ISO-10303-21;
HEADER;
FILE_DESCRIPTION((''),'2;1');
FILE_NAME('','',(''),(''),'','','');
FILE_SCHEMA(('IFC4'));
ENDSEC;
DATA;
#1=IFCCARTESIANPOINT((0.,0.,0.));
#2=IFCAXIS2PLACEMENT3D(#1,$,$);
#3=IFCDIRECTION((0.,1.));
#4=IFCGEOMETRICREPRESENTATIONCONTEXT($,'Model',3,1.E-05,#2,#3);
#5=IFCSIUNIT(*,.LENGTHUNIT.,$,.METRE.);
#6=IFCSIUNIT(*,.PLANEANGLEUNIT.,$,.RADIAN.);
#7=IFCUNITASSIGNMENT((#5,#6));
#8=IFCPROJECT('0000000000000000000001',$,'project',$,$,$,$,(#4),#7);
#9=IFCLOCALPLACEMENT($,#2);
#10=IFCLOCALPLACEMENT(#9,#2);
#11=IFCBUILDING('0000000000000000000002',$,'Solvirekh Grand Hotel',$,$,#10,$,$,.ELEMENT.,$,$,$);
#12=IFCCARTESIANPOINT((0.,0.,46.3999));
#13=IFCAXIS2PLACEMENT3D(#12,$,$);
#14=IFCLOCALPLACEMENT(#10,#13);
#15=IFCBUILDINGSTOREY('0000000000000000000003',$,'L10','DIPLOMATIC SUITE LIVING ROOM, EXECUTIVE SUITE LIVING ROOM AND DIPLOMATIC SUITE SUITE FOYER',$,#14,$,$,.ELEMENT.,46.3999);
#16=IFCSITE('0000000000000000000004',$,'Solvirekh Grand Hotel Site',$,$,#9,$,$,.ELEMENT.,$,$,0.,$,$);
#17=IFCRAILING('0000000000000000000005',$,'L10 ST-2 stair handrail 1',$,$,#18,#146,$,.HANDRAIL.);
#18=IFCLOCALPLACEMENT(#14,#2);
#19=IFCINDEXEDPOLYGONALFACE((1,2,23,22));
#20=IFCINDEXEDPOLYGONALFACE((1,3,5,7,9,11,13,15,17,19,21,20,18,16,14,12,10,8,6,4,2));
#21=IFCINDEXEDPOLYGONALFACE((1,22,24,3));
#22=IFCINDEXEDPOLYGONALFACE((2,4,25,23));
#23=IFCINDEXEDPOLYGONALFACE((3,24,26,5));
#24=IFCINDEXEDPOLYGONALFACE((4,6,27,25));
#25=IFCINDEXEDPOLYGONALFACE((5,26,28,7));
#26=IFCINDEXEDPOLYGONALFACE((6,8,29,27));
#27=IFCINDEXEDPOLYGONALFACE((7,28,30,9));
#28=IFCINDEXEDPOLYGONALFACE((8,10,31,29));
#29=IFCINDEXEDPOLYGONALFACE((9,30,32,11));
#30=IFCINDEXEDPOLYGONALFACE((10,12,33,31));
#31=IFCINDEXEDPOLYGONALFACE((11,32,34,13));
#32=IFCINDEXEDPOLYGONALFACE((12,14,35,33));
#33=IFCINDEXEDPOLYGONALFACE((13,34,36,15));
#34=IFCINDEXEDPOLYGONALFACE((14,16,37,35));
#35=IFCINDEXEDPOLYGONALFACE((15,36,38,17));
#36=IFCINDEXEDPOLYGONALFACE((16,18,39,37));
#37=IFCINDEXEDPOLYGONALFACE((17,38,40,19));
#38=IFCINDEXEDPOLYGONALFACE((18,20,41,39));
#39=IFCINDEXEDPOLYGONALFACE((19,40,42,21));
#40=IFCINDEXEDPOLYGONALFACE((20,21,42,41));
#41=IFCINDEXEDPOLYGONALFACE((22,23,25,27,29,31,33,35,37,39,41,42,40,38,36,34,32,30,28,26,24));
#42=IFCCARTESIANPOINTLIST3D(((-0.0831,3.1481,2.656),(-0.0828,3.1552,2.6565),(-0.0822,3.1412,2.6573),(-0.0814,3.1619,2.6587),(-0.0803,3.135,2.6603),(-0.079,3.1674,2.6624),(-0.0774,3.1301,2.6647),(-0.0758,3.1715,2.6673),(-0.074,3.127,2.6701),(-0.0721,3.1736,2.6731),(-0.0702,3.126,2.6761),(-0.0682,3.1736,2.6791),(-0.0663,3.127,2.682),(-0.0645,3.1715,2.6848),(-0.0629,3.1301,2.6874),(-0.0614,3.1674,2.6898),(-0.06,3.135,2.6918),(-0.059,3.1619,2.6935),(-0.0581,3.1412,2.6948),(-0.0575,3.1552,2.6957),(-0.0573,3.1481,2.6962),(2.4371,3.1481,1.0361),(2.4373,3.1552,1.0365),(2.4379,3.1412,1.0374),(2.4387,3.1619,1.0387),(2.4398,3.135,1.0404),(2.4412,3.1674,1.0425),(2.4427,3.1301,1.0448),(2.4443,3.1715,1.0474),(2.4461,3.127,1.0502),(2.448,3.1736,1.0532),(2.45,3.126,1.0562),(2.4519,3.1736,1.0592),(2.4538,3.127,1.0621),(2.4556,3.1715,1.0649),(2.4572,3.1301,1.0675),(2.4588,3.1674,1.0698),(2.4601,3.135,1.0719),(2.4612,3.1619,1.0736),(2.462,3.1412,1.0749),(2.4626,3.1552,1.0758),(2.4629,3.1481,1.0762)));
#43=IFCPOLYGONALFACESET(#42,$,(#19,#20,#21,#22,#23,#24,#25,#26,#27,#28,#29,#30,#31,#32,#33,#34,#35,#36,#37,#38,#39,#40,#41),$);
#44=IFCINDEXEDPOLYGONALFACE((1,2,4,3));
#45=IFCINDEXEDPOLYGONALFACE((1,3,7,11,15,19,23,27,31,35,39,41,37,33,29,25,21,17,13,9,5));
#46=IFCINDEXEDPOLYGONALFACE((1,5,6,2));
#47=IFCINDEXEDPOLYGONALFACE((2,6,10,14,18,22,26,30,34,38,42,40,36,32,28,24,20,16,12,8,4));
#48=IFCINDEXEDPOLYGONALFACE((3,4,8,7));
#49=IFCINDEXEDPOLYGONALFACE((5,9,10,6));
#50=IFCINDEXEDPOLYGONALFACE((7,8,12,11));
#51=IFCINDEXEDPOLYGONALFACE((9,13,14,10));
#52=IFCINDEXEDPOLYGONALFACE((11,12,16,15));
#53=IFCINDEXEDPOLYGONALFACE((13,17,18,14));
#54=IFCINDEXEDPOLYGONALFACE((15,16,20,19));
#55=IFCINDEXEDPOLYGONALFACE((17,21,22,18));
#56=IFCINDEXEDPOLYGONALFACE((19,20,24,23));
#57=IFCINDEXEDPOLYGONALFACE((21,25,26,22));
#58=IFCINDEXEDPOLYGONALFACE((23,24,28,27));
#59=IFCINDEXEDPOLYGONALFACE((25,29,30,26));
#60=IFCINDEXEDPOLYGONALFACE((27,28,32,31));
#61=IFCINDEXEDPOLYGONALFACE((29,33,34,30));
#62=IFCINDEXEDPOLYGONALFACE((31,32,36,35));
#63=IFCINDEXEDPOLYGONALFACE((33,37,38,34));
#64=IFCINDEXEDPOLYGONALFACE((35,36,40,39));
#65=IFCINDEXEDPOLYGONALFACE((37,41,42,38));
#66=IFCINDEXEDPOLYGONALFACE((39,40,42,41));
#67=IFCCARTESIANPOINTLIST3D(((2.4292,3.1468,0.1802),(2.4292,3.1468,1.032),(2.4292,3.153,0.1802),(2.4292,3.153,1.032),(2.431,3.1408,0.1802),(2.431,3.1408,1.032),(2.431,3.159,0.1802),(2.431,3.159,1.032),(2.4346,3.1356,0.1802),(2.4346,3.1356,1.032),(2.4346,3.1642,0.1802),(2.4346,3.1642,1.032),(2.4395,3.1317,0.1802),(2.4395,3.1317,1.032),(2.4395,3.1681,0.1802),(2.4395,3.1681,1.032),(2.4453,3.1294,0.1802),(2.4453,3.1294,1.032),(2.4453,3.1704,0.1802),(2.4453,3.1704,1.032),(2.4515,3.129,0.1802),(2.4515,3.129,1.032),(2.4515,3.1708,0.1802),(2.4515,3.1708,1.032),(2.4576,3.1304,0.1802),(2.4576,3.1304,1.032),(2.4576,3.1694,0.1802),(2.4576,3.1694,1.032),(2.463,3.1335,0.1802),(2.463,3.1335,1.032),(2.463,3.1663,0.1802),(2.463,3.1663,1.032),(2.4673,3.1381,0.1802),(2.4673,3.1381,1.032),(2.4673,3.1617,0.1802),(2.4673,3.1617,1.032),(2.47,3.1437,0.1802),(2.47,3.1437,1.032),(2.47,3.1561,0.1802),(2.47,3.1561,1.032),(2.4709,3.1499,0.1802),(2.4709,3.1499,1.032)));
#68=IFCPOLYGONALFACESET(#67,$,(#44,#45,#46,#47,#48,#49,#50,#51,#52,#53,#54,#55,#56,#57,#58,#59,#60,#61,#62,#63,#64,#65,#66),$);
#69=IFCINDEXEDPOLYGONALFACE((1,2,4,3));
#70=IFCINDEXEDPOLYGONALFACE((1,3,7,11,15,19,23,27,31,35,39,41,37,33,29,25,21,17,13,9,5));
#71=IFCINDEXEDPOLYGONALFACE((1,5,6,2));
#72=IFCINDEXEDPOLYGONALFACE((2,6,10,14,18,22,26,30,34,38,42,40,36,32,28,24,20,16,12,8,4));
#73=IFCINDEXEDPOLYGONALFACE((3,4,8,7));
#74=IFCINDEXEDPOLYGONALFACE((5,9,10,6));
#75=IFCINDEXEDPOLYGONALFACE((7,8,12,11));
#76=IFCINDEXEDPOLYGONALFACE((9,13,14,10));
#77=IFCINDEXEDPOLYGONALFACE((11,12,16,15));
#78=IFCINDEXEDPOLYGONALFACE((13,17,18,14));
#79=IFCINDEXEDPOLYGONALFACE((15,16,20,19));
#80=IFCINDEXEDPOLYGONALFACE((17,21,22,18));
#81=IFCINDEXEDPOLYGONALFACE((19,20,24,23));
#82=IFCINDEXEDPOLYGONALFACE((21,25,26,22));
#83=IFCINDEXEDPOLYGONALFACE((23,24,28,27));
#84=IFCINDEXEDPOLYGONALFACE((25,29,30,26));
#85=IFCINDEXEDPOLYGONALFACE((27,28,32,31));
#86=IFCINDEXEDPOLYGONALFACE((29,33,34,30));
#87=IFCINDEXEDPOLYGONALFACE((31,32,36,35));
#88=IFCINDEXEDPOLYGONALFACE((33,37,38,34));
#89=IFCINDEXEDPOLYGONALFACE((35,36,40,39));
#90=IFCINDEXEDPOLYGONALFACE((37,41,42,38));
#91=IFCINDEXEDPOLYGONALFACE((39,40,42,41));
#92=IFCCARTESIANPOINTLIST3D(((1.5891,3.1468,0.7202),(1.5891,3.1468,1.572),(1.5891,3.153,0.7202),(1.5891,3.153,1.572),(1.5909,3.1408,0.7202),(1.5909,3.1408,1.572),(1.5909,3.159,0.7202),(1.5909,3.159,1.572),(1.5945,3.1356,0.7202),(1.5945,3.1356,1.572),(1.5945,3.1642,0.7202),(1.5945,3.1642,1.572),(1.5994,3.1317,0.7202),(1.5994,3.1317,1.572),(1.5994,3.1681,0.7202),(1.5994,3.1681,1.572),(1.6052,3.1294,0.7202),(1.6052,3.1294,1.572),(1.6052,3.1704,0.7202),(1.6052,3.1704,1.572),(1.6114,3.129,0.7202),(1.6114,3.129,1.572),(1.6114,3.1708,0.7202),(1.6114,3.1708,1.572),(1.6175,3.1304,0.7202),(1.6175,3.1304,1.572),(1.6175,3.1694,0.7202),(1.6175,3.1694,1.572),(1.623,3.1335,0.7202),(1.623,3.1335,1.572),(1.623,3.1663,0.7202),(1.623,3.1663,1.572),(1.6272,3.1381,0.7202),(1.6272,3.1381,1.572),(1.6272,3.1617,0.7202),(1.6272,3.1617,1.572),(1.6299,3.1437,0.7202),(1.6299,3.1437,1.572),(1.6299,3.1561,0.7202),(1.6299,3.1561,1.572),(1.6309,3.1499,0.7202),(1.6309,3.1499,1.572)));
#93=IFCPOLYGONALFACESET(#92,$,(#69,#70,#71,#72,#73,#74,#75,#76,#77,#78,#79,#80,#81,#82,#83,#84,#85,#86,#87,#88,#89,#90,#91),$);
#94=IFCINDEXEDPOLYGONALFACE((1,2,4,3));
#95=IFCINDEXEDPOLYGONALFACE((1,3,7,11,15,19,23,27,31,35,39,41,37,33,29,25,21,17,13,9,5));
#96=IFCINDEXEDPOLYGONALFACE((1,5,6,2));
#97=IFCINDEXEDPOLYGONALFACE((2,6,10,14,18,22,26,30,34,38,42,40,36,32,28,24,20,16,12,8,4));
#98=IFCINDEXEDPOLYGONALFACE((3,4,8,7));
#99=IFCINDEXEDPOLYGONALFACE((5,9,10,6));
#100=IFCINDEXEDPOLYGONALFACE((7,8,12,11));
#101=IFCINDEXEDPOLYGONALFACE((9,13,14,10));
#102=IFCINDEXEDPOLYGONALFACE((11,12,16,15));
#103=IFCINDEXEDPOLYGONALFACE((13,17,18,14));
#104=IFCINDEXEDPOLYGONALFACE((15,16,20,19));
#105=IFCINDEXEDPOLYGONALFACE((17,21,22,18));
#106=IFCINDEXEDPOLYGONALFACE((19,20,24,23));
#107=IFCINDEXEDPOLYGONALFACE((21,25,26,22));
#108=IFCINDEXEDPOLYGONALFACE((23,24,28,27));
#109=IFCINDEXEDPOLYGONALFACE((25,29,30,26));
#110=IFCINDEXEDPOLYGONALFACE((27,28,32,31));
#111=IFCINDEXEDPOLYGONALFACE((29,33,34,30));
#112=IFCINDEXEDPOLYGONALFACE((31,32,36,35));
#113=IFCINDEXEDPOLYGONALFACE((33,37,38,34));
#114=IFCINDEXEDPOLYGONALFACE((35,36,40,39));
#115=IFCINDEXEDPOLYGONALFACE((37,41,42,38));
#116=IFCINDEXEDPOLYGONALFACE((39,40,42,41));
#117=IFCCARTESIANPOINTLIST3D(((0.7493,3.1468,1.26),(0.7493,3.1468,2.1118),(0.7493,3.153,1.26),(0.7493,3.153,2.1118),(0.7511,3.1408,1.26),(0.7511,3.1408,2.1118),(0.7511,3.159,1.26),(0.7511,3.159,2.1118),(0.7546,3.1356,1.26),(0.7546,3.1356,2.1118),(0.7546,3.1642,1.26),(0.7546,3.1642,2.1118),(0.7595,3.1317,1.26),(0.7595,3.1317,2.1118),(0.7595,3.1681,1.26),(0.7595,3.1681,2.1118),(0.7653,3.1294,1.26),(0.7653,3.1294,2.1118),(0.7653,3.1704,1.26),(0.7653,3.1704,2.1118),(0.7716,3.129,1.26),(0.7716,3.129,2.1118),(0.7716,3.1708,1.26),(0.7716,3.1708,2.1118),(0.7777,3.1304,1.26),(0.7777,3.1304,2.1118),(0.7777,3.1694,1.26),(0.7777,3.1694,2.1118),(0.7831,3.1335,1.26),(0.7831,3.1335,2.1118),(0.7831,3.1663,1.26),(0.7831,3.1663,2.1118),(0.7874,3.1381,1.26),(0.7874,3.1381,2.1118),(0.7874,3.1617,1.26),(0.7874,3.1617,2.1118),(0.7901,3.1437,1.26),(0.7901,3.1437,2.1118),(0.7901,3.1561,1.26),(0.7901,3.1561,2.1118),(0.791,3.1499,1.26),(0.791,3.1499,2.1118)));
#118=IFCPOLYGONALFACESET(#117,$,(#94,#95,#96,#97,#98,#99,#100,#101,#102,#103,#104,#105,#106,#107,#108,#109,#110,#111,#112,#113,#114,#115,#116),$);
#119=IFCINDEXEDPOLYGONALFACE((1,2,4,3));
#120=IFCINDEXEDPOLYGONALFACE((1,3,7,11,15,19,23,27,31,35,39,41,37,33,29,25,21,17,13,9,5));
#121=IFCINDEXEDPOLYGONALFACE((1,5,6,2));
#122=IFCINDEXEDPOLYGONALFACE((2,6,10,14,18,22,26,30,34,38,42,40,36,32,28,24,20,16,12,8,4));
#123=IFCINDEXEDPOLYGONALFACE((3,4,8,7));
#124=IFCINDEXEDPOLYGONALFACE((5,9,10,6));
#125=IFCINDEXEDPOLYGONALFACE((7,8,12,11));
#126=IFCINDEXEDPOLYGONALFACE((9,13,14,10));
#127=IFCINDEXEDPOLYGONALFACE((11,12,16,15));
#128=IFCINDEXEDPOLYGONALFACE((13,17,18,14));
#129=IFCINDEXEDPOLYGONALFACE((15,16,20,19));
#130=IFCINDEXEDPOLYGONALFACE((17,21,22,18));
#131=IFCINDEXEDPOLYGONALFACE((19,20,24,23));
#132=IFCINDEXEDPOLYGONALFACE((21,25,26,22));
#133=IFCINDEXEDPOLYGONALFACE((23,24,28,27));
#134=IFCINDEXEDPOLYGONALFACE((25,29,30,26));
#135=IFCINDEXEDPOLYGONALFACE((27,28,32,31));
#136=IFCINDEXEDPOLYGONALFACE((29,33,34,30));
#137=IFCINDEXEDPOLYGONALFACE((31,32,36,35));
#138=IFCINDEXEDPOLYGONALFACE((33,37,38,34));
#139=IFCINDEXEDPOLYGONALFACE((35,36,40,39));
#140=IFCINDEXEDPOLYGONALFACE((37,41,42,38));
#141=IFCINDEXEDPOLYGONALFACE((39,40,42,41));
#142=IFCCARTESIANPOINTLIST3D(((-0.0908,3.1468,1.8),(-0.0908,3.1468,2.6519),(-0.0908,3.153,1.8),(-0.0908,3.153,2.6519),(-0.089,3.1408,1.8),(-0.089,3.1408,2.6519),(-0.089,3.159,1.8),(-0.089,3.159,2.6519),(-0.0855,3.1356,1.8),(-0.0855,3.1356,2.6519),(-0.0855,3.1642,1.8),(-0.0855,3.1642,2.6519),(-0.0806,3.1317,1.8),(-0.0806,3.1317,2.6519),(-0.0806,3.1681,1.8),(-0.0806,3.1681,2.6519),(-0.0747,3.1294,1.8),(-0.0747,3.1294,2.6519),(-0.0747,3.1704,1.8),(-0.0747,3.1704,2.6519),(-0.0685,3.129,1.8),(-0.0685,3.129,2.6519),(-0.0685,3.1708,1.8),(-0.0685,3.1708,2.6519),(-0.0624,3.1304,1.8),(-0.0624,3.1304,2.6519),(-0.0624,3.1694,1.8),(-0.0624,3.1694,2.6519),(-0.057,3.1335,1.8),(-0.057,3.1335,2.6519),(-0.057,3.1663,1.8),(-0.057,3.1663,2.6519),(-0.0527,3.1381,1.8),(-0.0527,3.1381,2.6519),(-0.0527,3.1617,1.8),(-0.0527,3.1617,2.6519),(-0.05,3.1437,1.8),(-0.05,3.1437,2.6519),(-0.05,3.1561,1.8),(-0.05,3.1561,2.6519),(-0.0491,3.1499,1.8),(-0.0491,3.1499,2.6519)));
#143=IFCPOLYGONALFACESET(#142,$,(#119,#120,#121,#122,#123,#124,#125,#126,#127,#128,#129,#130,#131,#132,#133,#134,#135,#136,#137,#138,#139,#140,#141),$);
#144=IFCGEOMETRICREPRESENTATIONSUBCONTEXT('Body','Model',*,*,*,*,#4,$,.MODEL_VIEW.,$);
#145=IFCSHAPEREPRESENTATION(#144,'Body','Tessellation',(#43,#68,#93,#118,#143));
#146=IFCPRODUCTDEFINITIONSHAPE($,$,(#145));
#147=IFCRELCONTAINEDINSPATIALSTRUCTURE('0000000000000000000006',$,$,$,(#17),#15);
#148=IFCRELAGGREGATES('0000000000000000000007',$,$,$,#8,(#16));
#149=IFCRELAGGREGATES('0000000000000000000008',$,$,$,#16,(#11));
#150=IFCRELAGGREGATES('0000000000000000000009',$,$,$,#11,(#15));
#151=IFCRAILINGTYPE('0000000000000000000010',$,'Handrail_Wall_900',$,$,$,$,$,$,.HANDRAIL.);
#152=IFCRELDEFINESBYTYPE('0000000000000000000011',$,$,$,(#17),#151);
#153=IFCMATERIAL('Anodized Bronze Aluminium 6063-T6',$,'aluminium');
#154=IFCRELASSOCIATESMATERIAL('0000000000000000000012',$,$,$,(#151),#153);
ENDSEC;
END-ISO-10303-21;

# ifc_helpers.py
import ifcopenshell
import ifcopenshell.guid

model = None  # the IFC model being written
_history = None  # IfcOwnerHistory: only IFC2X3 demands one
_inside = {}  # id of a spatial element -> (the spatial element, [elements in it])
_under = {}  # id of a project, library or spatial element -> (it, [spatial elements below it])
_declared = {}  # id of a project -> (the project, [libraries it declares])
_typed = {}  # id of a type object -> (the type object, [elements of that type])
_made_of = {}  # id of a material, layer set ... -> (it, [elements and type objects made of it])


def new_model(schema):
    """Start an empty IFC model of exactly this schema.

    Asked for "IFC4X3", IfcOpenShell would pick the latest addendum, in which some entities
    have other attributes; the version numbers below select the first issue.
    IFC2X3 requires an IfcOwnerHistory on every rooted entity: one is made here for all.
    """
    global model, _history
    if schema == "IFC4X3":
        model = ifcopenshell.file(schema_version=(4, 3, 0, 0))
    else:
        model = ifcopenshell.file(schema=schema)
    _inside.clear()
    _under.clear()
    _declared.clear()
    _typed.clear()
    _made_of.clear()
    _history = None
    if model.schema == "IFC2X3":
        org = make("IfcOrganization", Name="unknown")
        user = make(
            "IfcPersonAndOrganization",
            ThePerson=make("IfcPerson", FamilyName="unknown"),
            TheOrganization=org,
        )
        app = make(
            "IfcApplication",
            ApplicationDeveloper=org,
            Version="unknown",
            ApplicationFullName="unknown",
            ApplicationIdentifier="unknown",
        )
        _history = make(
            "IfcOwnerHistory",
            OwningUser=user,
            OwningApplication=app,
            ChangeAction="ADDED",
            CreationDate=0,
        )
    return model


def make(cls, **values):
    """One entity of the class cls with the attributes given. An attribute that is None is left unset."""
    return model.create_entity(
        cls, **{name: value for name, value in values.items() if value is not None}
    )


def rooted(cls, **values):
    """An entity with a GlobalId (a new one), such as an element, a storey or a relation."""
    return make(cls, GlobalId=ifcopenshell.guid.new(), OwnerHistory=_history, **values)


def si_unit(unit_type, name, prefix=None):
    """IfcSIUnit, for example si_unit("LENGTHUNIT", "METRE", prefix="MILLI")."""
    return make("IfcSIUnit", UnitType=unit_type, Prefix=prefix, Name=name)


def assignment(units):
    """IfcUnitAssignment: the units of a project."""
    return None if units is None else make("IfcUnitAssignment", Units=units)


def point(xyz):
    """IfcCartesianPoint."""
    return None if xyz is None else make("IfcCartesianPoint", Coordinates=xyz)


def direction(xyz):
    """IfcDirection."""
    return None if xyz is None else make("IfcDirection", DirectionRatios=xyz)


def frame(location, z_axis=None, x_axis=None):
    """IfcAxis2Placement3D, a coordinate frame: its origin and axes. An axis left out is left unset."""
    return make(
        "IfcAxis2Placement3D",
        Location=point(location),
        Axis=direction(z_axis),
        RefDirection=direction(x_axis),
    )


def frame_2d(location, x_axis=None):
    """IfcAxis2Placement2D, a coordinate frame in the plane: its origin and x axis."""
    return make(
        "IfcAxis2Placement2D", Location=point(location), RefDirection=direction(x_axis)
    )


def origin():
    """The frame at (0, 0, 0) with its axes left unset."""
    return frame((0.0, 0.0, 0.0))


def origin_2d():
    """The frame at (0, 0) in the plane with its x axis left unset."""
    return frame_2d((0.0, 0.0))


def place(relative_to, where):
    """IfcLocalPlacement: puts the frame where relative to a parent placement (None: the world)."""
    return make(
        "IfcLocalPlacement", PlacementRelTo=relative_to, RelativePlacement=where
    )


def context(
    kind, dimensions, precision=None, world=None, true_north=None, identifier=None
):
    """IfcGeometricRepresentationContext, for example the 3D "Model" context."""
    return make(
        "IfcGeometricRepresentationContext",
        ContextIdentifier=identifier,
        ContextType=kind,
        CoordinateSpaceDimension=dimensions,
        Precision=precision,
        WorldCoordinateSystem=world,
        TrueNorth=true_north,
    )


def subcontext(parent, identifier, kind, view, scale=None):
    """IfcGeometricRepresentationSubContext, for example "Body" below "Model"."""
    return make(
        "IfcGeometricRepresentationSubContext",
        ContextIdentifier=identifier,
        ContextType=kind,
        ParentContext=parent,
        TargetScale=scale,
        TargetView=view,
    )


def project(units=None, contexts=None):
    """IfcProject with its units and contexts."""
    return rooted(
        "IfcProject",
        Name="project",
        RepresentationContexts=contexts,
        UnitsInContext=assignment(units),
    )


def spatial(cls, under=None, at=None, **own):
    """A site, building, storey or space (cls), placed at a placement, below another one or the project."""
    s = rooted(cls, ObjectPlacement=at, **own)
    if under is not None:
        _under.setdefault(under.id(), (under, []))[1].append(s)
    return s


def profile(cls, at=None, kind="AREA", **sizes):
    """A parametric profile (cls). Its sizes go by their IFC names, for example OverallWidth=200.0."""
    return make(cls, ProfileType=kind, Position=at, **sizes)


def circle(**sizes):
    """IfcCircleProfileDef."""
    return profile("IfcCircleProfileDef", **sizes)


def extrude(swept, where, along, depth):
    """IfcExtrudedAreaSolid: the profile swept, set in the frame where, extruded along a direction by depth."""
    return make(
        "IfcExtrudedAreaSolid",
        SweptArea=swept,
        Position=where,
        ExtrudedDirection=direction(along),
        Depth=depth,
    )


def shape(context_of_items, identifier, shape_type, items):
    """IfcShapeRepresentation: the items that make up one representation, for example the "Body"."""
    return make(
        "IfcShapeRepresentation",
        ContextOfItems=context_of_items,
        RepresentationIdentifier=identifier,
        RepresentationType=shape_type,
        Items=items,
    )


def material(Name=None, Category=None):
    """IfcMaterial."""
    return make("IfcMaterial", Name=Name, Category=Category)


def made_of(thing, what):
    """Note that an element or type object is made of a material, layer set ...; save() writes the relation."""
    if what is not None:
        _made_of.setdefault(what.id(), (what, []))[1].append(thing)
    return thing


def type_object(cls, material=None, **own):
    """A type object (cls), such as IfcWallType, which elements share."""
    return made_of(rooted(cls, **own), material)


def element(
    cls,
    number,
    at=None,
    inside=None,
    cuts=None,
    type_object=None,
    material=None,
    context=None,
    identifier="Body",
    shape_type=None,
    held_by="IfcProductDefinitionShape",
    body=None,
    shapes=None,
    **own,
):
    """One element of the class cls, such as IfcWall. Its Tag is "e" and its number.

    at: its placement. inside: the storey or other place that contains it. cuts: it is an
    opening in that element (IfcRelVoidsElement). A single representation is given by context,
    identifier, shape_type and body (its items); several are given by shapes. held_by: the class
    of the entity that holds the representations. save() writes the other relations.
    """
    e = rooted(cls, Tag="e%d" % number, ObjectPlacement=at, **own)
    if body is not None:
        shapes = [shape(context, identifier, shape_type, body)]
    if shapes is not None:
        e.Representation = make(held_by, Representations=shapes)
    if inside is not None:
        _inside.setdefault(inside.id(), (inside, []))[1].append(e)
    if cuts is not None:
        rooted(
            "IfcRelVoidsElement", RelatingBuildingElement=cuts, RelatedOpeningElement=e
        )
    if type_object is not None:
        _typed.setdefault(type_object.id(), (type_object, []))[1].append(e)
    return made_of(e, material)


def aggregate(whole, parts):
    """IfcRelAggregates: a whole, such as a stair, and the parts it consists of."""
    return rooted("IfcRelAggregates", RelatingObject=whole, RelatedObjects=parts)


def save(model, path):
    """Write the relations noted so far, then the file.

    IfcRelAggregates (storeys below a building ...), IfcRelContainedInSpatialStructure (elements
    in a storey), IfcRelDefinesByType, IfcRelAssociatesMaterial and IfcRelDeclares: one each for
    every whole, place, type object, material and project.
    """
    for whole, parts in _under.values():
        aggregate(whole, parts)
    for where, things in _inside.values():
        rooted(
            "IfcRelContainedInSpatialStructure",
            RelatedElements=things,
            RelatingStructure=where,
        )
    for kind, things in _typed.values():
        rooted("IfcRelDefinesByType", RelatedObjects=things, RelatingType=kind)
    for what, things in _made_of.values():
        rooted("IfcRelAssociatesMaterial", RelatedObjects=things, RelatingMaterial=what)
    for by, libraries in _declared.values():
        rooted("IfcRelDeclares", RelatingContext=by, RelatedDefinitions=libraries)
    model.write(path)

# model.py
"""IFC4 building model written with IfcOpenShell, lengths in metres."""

from ifc_helpers import new_model, si_unit, direction, frame, origin, origin_2d, place, context, subcontext, project, spatial, circle, extrude, material, type_object, element, save


model = new_model("IFC4")

# Units and contexts
model_context = context("Model", 3, precision=1e-05, world=origin(), true_north=direction((0.0, 1.0)))
body_context = subcontext(model_context, "Body", "Model", "MODEL_VIEW")
ifc_project = project(units=[si_unit("LENGTHUNIT", "METRE"), si_unit("PLANEANGLEUNIT", "RADIAN")], contexts=[model_context])

# Site, building, storey
site_placement = place(None, origin())
site = spatial("IfcSite", under=ifc_project, at=site_placement, Name="Solvirekh Grand Hotel Site", CompositionType="ELEMENT", RefElevation=0.0)
building_placement = place(site_placement, origin())
building = spatial("IfcBuilding", under=site, at=building_placement, Name="Solvirekh Grand Hotel", CompositionType="ELEMENT")
storey_placement = place(building_placement, frame((0.0, 0.0, 46.3999)))
storey = spatial("IfcBuildingStorey", under=building, at=storey_placement, Name="L10", Description="DIPLOMATIC SUITE LIVING ROOM, EXECUTIVE SUITE LIVING ROOM AND DIPLOMATIC SUITE SUITE FOYER", CompositionType="ELEMENT", Elevation=46.3999)

# Shared definitions
ifc_material_1 = material(Name="Anodized Bronze Aluminium 6063-T6", Category="aluminium")

# Railing
railing_type_1 = type_object("IfcRailingType", Name="Handrail_Wall_900", PredefinedType="HANDRAIL", material=ifc_material_1)
railing_1_placement = place(storey_placement, frame((2.45, 3.1499, 0.1802)))
element("IfcRailing", 1, at=railing_1_placement, inside=storey, type_object=railing_type_1, Name="L10 ST-2 stair handrail 1", PredefinedType="HANDRAIL", context=body_context, shape_type="SweptSolid", body=[
    extrude(circle(Radius=0.0239, at=origin_2d()), frame((0.0, 0.0, 0.876), z_axis=(-0.8412, 0.0, 0.540725), x_axis=(0.0, -1.0, 0.0)), (0.0, 0.0, 1.0), 2.9958),
    extrude(circle(Radius=0.021, at=origin_2d()), origin(), (0.0, 0.0, 1.0), 0.8518),
    extrude(circle(Radius=0.021, at=origin_2d()), frame((-0.8401, 0.0, 0.54)), (0.0, 0.0, 1.0), 0.8518),
    extrude(circle(Radius=0.021, at=origin_2d()), frame((-1.6799, 0.0, 1.0798)), (0.0, 0.0, 1.0), 0.8518),
    extrude(circle(Radius=0.021, at=origin_2d()), frame((-2.52, 0.0, 1.6199)), (0.0, 0.0, 1.0), 0.8518),
])

save(model, "model.ifc")
